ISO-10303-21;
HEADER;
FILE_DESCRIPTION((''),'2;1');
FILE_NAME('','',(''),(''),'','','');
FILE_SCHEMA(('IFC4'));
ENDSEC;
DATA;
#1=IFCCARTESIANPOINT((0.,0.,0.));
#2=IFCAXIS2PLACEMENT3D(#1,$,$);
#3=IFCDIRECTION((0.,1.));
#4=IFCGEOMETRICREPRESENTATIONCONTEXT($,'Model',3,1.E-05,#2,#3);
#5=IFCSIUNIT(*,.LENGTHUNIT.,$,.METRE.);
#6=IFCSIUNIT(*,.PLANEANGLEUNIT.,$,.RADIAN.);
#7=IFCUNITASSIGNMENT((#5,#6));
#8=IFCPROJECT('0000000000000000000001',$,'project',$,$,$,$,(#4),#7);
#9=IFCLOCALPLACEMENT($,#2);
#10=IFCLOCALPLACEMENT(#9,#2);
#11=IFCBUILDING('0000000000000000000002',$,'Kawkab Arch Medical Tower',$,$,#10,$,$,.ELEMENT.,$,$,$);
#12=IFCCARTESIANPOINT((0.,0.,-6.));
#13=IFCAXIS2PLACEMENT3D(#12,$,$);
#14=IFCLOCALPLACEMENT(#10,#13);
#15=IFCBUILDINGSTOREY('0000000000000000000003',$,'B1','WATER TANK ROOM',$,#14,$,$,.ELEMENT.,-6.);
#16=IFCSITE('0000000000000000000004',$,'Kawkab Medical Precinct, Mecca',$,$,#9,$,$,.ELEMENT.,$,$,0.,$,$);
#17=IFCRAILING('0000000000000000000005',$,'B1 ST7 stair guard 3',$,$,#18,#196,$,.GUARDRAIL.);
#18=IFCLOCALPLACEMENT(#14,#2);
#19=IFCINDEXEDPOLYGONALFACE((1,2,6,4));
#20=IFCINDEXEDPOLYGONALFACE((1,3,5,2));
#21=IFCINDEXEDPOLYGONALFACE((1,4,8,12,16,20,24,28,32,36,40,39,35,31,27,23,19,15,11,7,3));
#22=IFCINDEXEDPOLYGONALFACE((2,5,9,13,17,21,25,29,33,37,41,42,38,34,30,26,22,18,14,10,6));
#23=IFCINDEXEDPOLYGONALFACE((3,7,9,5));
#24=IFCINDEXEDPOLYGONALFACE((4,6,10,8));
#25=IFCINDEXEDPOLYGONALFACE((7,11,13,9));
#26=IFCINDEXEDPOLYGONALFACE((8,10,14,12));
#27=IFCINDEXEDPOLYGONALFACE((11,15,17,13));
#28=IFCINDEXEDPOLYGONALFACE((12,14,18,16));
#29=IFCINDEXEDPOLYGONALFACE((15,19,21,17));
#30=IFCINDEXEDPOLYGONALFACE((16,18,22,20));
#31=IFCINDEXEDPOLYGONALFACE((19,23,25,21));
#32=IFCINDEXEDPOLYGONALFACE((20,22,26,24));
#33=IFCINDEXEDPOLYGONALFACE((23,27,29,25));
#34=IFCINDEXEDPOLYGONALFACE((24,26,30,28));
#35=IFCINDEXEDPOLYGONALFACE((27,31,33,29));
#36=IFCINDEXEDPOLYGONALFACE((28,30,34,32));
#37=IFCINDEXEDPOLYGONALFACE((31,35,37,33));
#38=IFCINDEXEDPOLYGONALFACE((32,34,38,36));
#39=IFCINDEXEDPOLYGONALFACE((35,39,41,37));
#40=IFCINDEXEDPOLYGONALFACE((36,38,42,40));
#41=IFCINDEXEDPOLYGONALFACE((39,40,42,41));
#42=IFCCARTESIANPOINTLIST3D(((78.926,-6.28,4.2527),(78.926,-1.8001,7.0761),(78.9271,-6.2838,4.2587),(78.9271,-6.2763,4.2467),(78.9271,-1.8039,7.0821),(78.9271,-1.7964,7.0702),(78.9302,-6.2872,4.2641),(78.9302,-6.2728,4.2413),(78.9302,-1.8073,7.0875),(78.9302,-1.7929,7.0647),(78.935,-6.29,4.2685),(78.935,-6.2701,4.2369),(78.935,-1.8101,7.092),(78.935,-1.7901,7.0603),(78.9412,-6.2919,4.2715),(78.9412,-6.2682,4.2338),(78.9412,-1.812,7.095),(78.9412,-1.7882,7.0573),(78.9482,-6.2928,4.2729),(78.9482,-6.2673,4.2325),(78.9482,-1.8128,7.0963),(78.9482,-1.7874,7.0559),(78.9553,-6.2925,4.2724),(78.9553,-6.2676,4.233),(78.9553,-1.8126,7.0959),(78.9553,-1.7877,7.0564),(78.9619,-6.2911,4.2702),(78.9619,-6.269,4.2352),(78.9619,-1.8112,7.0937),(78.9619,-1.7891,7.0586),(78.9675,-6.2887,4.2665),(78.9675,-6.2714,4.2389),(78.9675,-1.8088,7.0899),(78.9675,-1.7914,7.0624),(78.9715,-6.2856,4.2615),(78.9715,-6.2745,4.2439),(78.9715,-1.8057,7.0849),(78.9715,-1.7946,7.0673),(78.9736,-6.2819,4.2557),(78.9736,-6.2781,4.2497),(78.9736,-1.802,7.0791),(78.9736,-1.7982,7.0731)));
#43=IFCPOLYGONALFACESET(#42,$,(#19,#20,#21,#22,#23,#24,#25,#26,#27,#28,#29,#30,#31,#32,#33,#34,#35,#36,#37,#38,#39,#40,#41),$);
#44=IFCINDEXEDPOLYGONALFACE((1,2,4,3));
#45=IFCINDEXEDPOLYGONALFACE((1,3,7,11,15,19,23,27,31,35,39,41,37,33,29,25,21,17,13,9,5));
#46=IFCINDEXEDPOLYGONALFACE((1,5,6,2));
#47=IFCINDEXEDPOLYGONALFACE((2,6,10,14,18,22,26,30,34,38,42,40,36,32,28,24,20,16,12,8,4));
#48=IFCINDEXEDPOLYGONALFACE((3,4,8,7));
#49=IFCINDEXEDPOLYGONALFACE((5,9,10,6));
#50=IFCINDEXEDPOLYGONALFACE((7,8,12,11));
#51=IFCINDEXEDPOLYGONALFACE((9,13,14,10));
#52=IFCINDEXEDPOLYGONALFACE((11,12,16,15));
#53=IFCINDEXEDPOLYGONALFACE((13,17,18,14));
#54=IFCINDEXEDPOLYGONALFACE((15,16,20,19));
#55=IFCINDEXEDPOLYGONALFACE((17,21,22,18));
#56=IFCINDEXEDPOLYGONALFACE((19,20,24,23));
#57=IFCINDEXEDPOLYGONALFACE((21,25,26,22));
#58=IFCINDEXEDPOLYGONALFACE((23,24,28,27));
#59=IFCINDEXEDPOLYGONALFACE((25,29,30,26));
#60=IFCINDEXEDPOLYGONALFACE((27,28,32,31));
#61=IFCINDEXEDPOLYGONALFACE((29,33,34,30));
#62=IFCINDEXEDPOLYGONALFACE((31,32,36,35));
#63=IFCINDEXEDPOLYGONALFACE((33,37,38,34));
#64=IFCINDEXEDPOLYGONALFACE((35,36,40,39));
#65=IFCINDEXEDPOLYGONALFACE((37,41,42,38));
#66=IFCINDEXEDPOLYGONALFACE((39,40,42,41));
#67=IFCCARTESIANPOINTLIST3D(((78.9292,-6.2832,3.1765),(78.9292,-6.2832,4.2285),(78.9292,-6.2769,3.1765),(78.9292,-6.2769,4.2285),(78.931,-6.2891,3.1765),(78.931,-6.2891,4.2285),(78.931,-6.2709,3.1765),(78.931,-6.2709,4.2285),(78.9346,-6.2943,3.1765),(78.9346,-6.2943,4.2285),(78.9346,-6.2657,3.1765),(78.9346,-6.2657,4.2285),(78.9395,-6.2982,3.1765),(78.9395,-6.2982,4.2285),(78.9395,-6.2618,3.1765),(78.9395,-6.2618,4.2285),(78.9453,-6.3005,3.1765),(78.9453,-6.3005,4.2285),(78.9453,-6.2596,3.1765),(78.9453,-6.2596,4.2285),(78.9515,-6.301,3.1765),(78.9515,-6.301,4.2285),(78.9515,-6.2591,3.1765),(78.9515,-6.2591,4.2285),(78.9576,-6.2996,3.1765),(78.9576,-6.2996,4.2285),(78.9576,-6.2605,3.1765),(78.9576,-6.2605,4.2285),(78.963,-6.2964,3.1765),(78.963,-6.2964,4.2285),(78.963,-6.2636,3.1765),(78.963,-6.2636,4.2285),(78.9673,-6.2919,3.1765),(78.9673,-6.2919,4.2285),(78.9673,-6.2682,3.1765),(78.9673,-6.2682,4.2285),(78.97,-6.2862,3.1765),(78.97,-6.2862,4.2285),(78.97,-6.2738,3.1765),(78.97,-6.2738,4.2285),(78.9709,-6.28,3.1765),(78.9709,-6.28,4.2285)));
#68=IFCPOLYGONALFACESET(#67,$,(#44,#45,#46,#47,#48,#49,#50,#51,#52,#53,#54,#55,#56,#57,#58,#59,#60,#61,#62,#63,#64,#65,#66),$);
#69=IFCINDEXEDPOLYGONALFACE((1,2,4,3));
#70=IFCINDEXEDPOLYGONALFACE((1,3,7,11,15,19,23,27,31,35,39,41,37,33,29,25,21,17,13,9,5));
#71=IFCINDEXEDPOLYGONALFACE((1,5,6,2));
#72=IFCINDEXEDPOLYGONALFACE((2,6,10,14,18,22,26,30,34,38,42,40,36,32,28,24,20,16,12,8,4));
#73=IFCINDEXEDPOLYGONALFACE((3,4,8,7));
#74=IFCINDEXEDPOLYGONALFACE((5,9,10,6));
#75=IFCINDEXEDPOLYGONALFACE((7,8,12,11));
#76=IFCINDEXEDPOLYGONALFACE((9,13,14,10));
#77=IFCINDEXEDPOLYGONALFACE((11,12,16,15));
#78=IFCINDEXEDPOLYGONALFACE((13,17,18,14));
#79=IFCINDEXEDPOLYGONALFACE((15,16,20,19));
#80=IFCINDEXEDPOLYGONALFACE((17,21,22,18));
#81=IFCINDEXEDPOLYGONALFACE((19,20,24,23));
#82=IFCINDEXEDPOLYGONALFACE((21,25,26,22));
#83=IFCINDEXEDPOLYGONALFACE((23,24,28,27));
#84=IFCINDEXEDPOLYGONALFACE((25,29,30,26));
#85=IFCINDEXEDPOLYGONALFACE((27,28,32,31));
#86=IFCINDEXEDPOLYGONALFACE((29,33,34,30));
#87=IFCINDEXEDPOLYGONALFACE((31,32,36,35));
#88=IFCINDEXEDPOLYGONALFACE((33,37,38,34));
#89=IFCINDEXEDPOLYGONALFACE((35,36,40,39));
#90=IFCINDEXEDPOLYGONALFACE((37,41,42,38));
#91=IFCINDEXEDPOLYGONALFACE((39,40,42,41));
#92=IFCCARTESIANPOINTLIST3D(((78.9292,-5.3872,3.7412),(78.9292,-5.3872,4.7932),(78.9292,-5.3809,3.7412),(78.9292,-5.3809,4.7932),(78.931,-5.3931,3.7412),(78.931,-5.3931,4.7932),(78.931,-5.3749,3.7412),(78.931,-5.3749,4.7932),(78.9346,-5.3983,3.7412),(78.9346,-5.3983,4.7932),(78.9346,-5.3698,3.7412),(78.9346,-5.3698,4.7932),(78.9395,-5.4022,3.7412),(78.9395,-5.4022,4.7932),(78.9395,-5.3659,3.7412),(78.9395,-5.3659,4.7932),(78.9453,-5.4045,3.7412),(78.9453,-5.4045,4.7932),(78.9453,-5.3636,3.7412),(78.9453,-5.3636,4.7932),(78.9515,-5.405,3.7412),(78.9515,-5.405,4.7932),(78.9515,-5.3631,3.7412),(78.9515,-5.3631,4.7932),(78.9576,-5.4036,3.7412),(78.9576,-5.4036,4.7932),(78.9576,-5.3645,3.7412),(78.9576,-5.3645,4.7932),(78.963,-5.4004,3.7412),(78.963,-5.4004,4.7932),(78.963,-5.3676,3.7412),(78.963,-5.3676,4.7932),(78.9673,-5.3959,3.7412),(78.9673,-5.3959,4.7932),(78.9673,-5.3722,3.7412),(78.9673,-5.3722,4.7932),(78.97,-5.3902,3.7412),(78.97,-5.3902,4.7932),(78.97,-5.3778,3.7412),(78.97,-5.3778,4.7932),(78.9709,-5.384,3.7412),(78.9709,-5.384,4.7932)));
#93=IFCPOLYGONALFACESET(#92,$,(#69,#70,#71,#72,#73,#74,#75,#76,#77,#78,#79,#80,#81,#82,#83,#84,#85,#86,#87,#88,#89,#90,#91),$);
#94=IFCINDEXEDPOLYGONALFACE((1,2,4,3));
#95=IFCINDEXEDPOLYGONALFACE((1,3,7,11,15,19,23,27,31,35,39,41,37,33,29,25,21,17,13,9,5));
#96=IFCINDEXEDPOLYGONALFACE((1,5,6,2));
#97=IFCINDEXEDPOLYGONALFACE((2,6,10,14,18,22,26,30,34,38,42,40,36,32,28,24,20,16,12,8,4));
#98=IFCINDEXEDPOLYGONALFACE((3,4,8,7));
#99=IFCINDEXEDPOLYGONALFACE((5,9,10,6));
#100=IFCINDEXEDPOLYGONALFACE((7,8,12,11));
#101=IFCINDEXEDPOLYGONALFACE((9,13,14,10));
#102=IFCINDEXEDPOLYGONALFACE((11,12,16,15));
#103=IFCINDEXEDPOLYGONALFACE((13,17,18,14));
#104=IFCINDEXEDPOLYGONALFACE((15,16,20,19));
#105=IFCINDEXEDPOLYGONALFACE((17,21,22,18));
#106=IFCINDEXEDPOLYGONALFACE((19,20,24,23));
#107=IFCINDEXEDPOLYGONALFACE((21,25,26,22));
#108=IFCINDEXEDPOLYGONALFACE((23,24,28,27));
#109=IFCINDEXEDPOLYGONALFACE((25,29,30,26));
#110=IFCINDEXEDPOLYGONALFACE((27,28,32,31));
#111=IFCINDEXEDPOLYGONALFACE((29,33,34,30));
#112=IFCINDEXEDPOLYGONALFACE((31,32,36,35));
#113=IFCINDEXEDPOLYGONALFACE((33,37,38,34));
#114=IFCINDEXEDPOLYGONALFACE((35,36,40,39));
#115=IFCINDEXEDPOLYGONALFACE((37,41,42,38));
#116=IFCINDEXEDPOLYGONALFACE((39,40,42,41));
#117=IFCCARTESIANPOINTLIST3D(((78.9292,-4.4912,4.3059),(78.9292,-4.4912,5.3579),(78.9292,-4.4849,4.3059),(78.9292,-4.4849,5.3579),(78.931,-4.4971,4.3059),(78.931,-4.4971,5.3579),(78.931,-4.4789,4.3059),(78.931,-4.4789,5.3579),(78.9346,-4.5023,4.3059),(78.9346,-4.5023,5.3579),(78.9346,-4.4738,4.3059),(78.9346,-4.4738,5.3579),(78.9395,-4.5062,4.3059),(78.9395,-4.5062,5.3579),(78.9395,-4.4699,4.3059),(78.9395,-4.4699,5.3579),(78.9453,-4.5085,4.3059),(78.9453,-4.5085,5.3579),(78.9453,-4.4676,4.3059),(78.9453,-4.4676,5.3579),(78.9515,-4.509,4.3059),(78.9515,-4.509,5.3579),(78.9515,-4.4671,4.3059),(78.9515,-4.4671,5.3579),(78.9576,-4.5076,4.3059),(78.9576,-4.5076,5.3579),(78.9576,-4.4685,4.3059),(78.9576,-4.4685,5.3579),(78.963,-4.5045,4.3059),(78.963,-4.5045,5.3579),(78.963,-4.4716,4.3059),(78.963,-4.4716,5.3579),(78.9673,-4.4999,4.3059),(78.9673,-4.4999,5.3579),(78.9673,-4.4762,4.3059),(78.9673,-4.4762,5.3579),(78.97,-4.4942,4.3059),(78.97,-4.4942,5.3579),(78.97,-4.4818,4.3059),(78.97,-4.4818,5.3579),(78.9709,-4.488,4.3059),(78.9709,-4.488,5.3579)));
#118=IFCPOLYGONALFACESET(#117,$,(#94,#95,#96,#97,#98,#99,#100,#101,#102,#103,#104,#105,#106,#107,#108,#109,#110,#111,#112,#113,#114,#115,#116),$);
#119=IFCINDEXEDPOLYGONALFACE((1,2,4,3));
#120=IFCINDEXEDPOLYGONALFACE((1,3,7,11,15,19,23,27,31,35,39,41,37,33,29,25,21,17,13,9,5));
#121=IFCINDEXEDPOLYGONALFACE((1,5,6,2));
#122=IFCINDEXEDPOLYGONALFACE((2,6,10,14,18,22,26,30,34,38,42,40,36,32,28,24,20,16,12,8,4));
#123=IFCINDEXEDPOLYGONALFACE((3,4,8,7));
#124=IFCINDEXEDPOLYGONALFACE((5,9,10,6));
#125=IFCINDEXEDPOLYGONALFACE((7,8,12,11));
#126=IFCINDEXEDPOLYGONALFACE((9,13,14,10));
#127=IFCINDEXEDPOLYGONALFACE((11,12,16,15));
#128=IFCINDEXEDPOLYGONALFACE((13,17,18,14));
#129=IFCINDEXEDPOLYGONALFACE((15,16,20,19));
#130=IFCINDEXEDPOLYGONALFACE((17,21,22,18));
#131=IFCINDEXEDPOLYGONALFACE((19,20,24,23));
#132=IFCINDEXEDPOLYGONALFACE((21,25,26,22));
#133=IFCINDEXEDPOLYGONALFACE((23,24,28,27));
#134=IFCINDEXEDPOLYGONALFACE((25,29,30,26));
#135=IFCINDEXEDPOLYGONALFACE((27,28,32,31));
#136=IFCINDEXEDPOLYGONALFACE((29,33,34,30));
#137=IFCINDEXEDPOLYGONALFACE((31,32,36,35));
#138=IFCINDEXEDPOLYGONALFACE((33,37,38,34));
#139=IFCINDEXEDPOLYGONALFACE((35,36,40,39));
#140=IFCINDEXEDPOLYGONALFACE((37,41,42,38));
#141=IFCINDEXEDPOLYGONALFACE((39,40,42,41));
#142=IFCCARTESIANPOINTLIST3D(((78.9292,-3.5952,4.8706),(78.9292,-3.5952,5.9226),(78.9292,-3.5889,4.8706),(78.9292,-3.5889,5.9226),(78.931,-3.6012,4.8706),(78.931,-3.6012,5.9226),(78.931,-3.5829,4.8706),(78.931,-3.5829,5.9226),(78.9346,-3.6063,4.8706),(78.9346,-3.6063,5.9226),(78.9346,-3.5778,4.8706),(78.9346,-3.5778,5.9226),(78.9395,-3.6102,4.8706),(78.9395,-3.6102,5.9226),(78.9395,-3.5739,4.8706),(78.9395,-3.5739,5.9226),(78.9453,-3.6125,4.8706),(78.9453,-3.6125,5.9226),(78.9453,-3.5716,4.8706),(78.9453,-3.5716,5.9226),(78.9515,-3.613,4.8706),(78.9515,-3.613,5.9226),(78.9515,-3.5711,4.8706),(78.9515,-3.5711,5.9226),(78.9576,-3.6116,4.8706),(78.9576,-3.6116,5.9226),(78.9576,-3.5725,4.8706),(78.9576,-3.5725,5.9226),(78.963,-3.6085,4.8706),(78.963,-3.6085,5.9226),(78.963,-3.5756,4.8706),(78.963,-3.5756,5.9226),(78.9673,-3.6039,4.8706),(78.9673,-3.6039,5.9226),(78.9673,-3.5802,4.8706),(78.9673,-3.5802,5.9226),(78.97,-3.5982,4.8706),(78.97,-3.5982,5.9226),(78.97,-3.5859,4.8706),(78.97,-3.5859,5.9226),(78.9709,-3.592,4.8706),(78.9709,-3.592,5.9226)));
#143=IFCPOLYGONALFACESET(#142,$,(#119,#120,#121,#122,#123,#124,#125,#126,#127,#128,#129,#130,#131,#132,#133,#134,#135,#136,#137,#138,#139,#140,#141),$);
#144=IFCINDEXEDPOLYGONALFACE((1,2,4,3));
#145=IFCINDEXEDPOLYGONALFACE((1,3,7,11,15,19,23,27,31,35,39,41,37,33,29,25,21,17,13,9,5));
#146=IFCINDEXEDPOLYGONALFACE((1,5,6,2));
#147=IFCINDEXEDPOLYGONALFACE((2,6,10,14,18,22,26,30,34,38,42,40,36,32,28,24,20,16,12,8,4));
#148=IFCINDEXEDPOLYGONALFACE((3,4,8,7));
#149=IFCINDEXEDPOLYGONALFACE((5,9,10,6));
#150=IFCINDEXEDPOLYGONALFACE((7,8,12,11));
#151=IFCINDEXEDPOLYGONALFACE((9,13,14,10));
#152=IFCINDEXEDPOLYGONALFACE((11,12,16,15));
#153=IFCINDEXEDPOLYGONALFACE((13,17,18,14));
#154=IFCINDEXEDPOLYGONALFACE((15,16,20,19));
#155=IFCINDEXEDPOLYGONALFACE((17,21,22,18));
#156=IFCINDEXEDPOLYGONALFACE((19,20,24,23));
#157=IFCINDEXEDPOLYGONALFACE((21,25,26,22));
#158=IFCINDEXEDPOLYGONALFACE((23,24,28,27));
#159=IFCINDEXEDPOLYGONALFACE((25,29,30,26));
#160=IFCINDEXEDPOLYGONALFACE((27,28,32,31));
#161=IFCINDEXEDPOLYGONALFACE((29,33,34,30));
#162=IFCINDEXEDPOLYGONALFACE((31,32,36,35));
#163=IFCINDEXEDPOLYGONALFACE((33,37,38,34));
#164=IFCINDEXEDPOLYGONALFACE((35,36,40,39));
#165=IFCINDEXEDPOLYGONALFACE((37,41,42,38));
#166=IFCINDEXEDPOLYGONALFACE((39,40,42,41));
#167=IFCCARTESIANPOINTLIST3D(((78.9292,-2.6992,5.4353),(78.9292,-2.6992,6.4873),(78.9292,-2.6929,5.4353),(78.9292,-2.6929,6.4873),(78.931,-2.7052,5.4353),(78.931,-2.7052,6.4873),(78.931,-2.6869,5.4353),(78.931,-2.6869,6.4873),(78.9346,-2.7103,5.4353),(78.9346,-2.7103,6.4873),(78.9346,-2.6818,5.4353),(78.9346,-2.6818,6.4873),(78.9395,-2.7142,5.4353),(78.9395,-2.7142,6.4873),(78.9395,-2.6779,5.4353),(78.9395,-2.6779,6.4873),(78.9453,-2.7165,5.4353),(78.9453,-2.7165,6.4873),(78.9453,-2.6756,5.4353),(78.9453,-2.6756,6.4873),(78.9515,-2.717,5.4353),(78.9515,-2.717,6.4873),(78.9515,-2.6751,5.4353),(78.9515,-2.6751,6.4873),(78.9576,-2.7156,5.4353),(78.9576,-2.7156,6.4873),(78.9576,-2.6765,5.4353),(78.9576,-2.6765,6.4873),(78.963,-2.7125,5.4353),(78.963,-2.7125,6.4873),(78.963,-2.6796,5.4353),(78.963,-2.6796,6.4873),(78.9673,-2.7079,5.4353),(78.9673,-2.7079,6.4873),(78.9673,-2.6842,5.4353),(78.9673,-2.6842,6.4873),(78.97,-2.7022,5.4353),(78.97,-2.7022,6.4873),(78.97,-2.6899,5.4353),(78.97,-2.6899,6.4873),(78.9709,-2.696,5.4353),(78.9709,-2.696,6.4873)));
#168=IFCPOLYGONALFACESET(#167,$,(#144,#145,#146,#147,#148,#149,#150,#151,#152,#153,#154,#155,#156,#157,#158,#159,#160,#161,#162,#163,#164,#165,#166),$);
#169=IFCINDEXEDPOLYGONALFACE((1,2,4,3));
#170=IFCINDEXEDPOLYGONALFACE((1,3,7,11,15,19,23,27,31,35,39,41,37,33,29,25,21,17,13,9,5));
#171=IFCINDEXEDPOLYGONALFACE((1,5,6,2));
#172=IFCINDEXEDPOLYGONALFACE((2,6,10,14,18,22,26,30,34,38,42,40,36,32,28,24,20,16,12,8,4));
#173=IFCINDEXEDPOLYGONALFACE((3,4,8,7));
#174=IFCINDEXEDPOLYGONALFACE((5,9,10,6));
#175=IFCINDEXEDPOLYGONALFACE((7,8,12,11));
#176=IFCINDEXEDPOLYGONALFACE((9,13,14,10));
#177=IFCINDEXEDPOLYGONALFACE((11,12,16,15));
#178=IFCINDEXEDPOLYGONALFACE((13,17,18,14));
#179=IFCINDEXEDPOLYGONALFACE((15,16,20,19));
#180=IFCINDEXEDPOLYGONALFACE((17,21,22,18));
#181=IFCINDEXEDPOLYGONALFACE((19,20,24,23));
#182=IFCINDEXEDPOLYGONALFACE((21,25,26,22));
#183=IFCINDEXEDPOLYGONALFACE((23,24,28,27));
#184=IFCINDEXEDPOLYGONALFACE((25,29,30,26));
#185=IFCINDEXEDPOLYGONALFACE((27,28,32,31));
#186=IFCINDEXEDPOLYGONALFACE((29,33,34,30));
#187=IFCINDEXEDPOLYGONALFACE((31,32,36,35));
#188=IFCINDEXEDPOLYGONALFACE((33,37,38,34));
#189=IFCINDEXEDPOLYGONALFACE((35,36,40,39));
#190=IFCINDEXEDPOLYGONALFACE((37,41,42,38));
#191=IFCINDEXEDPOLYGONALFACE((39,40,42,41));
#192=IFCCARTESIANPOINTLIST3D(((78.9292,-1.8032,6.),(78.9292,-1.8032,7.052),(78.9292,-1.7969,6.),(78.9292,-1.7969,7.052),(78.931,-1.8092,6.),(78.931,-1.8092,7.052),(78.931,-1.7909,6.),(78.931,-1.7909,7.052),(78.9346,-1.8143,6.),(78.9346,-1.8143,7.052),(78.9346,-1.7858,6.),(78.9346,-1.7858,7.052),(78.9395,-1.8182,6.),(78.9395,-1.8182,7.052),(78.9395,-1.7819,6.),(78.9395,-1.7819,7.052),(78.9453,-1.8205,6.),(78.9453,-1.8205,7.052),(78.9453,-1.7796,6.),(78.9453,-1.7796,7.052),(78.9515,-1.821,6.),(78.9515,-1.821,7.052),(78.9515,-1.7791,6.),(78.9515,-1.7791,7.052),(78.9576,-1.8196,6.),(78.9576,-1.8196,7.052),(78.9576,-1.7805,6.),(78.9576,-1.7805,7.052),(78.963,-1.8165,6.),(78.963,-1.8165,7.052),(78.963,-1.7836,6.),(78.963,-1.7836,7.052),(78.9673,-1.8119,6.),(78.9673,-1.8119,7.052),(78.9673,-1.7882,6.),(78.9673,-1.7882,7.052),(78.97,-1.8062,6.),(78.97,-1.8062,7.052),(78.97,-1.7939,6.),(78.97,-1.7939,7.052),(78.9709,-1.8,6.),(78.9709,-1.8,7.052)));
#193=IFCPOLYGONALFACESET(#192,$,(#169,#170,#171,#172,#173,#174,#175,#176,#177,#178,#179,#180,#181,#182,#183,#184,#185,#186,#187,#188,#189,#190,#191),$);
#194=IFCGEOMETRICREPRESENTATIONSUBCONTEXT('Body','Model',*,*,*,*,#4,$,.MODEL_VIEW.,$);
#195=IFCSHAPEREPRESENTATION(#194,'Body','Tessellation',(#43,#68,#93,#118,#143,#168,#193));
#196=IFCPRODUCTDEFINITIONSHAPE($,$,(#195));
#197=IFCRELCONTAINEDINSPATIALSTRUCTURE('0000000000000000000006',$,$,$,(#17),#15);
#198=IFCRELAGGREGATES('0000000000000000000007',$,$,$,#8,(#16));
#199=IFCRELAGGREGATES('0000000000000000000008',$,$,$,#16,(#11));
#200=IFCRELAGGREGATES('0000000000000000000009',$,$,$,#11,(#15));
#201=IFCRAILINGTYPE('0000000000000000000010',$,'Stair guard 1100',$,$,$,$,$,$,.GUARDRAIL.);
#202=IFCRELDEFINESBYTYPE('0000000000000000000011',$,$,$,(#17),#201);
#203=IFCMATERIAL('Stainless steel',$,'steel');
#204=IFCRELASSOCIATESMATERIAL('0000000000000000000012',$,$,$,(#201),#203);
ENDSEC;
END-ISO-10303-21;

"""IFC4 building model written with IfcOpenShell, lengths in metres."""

from ifc_helpers import new_model, si_unit, direction, frame, origin, origin_2d, place, context, subcontext, project, spatial, circle, extrude, material, type_object, element, save


model = new_model("IFC4")

# Units and contexts
model_context = context("Model", 3, precision=1e-05, world=origin(), true_north=direction((0.0, 1.0)))
body_context = subcontext(model_context, "Body", "Model", "MODEL_VIEW")
ifc_project = project(units=[si_unit("LENGTHUNIT", "METRE"), si_unit("PLANEANGLEUNIT", "RADIAN")], contexts=[model_context])

# Site, building, storey
site_placement = place(None, origin())
site = spatial("IfcSite", under=ifc_project, at=site_placement, Name="Kawkab Medical Precinct, Mecca", CompositionType="ELEMENT", RefElevation=0.0)
building_placement = place(site_placement, origin())
building = spatial("IfcBuilding", under=site, at=building_placement, Name="Kawkab Arch Medical Tower", CompositionType="ELEMENT")
storey_placement = place(building_placement, frame((0.0, 0.0, -6.0)))
storey = spatial("IfcBuildingStorey", under=building, at=storey_placement, Name="B1", Description="WATER TANK ROOM", CompositionType="ELEMENT", Elevation=-6.0)

# Railing
ifc_material_1 = material(Name="Stainless steel", Category="steel")
railing_type = type_object("IfcRailingType", Name="Stair guard 1100", PredefinedType="GUARDRAIL", material=ifc_material_1)
railing_1_placement = place(storey_placement, frame((78.95, -6.28, 3.1765)))
element("IfcRailing", 1, at=railing_1_placement, inside=storey, type_object=railing_type, Name="B1 ST7 stair guard 3", PredefinedType="GUARDRAIL", context=body_context, shape_type="SweptSolid", body=[
    extrude(circle(Radius=0.0239, at=origin_2d()), frame((0.0, 0.0, 1.0762), z_axis=(0.0, 0.845998, 0.533186), x_axis=(-1.0, 0.0, 0.0)), (0.0, 0.0, 1.0), 5.2954),
    extrude(circle(Radius=0.021, at=origin_2d()), origin(), (0.0, 0.0, 1.0), 1.052),
    extrude(circle(Radius=0.021, at=origin_2d()), frame((0.0, 0.896, 0.5647)), (0.0, 0.0, 1.0), 1.052),
    extrude(circle(Radius=0.021, at=origin_2d()), frame((0.0, 1.792, 1.1294)), (0.0, 0.0, 1.0), 1.052),
    extrude(circle(Radius=0.021, at=origin_2d()), frame((0.0, 2.688, 1.6941)), (0.0, 0.0, 1.0), 1.052),
    extrude(circle(Radius=0.021, at=origin_2d()), frame((0.0, 3.584, 2.2588)), (0.0, 0.0, 1.0), 1.052),
    extrude(circle(Radius=0.021, at=origin_2d()), frame((0.0, 4.48, 2.8235)), (0.0, 0.0, 1.0), 1.052),
])

save(model, "model.ifc")
